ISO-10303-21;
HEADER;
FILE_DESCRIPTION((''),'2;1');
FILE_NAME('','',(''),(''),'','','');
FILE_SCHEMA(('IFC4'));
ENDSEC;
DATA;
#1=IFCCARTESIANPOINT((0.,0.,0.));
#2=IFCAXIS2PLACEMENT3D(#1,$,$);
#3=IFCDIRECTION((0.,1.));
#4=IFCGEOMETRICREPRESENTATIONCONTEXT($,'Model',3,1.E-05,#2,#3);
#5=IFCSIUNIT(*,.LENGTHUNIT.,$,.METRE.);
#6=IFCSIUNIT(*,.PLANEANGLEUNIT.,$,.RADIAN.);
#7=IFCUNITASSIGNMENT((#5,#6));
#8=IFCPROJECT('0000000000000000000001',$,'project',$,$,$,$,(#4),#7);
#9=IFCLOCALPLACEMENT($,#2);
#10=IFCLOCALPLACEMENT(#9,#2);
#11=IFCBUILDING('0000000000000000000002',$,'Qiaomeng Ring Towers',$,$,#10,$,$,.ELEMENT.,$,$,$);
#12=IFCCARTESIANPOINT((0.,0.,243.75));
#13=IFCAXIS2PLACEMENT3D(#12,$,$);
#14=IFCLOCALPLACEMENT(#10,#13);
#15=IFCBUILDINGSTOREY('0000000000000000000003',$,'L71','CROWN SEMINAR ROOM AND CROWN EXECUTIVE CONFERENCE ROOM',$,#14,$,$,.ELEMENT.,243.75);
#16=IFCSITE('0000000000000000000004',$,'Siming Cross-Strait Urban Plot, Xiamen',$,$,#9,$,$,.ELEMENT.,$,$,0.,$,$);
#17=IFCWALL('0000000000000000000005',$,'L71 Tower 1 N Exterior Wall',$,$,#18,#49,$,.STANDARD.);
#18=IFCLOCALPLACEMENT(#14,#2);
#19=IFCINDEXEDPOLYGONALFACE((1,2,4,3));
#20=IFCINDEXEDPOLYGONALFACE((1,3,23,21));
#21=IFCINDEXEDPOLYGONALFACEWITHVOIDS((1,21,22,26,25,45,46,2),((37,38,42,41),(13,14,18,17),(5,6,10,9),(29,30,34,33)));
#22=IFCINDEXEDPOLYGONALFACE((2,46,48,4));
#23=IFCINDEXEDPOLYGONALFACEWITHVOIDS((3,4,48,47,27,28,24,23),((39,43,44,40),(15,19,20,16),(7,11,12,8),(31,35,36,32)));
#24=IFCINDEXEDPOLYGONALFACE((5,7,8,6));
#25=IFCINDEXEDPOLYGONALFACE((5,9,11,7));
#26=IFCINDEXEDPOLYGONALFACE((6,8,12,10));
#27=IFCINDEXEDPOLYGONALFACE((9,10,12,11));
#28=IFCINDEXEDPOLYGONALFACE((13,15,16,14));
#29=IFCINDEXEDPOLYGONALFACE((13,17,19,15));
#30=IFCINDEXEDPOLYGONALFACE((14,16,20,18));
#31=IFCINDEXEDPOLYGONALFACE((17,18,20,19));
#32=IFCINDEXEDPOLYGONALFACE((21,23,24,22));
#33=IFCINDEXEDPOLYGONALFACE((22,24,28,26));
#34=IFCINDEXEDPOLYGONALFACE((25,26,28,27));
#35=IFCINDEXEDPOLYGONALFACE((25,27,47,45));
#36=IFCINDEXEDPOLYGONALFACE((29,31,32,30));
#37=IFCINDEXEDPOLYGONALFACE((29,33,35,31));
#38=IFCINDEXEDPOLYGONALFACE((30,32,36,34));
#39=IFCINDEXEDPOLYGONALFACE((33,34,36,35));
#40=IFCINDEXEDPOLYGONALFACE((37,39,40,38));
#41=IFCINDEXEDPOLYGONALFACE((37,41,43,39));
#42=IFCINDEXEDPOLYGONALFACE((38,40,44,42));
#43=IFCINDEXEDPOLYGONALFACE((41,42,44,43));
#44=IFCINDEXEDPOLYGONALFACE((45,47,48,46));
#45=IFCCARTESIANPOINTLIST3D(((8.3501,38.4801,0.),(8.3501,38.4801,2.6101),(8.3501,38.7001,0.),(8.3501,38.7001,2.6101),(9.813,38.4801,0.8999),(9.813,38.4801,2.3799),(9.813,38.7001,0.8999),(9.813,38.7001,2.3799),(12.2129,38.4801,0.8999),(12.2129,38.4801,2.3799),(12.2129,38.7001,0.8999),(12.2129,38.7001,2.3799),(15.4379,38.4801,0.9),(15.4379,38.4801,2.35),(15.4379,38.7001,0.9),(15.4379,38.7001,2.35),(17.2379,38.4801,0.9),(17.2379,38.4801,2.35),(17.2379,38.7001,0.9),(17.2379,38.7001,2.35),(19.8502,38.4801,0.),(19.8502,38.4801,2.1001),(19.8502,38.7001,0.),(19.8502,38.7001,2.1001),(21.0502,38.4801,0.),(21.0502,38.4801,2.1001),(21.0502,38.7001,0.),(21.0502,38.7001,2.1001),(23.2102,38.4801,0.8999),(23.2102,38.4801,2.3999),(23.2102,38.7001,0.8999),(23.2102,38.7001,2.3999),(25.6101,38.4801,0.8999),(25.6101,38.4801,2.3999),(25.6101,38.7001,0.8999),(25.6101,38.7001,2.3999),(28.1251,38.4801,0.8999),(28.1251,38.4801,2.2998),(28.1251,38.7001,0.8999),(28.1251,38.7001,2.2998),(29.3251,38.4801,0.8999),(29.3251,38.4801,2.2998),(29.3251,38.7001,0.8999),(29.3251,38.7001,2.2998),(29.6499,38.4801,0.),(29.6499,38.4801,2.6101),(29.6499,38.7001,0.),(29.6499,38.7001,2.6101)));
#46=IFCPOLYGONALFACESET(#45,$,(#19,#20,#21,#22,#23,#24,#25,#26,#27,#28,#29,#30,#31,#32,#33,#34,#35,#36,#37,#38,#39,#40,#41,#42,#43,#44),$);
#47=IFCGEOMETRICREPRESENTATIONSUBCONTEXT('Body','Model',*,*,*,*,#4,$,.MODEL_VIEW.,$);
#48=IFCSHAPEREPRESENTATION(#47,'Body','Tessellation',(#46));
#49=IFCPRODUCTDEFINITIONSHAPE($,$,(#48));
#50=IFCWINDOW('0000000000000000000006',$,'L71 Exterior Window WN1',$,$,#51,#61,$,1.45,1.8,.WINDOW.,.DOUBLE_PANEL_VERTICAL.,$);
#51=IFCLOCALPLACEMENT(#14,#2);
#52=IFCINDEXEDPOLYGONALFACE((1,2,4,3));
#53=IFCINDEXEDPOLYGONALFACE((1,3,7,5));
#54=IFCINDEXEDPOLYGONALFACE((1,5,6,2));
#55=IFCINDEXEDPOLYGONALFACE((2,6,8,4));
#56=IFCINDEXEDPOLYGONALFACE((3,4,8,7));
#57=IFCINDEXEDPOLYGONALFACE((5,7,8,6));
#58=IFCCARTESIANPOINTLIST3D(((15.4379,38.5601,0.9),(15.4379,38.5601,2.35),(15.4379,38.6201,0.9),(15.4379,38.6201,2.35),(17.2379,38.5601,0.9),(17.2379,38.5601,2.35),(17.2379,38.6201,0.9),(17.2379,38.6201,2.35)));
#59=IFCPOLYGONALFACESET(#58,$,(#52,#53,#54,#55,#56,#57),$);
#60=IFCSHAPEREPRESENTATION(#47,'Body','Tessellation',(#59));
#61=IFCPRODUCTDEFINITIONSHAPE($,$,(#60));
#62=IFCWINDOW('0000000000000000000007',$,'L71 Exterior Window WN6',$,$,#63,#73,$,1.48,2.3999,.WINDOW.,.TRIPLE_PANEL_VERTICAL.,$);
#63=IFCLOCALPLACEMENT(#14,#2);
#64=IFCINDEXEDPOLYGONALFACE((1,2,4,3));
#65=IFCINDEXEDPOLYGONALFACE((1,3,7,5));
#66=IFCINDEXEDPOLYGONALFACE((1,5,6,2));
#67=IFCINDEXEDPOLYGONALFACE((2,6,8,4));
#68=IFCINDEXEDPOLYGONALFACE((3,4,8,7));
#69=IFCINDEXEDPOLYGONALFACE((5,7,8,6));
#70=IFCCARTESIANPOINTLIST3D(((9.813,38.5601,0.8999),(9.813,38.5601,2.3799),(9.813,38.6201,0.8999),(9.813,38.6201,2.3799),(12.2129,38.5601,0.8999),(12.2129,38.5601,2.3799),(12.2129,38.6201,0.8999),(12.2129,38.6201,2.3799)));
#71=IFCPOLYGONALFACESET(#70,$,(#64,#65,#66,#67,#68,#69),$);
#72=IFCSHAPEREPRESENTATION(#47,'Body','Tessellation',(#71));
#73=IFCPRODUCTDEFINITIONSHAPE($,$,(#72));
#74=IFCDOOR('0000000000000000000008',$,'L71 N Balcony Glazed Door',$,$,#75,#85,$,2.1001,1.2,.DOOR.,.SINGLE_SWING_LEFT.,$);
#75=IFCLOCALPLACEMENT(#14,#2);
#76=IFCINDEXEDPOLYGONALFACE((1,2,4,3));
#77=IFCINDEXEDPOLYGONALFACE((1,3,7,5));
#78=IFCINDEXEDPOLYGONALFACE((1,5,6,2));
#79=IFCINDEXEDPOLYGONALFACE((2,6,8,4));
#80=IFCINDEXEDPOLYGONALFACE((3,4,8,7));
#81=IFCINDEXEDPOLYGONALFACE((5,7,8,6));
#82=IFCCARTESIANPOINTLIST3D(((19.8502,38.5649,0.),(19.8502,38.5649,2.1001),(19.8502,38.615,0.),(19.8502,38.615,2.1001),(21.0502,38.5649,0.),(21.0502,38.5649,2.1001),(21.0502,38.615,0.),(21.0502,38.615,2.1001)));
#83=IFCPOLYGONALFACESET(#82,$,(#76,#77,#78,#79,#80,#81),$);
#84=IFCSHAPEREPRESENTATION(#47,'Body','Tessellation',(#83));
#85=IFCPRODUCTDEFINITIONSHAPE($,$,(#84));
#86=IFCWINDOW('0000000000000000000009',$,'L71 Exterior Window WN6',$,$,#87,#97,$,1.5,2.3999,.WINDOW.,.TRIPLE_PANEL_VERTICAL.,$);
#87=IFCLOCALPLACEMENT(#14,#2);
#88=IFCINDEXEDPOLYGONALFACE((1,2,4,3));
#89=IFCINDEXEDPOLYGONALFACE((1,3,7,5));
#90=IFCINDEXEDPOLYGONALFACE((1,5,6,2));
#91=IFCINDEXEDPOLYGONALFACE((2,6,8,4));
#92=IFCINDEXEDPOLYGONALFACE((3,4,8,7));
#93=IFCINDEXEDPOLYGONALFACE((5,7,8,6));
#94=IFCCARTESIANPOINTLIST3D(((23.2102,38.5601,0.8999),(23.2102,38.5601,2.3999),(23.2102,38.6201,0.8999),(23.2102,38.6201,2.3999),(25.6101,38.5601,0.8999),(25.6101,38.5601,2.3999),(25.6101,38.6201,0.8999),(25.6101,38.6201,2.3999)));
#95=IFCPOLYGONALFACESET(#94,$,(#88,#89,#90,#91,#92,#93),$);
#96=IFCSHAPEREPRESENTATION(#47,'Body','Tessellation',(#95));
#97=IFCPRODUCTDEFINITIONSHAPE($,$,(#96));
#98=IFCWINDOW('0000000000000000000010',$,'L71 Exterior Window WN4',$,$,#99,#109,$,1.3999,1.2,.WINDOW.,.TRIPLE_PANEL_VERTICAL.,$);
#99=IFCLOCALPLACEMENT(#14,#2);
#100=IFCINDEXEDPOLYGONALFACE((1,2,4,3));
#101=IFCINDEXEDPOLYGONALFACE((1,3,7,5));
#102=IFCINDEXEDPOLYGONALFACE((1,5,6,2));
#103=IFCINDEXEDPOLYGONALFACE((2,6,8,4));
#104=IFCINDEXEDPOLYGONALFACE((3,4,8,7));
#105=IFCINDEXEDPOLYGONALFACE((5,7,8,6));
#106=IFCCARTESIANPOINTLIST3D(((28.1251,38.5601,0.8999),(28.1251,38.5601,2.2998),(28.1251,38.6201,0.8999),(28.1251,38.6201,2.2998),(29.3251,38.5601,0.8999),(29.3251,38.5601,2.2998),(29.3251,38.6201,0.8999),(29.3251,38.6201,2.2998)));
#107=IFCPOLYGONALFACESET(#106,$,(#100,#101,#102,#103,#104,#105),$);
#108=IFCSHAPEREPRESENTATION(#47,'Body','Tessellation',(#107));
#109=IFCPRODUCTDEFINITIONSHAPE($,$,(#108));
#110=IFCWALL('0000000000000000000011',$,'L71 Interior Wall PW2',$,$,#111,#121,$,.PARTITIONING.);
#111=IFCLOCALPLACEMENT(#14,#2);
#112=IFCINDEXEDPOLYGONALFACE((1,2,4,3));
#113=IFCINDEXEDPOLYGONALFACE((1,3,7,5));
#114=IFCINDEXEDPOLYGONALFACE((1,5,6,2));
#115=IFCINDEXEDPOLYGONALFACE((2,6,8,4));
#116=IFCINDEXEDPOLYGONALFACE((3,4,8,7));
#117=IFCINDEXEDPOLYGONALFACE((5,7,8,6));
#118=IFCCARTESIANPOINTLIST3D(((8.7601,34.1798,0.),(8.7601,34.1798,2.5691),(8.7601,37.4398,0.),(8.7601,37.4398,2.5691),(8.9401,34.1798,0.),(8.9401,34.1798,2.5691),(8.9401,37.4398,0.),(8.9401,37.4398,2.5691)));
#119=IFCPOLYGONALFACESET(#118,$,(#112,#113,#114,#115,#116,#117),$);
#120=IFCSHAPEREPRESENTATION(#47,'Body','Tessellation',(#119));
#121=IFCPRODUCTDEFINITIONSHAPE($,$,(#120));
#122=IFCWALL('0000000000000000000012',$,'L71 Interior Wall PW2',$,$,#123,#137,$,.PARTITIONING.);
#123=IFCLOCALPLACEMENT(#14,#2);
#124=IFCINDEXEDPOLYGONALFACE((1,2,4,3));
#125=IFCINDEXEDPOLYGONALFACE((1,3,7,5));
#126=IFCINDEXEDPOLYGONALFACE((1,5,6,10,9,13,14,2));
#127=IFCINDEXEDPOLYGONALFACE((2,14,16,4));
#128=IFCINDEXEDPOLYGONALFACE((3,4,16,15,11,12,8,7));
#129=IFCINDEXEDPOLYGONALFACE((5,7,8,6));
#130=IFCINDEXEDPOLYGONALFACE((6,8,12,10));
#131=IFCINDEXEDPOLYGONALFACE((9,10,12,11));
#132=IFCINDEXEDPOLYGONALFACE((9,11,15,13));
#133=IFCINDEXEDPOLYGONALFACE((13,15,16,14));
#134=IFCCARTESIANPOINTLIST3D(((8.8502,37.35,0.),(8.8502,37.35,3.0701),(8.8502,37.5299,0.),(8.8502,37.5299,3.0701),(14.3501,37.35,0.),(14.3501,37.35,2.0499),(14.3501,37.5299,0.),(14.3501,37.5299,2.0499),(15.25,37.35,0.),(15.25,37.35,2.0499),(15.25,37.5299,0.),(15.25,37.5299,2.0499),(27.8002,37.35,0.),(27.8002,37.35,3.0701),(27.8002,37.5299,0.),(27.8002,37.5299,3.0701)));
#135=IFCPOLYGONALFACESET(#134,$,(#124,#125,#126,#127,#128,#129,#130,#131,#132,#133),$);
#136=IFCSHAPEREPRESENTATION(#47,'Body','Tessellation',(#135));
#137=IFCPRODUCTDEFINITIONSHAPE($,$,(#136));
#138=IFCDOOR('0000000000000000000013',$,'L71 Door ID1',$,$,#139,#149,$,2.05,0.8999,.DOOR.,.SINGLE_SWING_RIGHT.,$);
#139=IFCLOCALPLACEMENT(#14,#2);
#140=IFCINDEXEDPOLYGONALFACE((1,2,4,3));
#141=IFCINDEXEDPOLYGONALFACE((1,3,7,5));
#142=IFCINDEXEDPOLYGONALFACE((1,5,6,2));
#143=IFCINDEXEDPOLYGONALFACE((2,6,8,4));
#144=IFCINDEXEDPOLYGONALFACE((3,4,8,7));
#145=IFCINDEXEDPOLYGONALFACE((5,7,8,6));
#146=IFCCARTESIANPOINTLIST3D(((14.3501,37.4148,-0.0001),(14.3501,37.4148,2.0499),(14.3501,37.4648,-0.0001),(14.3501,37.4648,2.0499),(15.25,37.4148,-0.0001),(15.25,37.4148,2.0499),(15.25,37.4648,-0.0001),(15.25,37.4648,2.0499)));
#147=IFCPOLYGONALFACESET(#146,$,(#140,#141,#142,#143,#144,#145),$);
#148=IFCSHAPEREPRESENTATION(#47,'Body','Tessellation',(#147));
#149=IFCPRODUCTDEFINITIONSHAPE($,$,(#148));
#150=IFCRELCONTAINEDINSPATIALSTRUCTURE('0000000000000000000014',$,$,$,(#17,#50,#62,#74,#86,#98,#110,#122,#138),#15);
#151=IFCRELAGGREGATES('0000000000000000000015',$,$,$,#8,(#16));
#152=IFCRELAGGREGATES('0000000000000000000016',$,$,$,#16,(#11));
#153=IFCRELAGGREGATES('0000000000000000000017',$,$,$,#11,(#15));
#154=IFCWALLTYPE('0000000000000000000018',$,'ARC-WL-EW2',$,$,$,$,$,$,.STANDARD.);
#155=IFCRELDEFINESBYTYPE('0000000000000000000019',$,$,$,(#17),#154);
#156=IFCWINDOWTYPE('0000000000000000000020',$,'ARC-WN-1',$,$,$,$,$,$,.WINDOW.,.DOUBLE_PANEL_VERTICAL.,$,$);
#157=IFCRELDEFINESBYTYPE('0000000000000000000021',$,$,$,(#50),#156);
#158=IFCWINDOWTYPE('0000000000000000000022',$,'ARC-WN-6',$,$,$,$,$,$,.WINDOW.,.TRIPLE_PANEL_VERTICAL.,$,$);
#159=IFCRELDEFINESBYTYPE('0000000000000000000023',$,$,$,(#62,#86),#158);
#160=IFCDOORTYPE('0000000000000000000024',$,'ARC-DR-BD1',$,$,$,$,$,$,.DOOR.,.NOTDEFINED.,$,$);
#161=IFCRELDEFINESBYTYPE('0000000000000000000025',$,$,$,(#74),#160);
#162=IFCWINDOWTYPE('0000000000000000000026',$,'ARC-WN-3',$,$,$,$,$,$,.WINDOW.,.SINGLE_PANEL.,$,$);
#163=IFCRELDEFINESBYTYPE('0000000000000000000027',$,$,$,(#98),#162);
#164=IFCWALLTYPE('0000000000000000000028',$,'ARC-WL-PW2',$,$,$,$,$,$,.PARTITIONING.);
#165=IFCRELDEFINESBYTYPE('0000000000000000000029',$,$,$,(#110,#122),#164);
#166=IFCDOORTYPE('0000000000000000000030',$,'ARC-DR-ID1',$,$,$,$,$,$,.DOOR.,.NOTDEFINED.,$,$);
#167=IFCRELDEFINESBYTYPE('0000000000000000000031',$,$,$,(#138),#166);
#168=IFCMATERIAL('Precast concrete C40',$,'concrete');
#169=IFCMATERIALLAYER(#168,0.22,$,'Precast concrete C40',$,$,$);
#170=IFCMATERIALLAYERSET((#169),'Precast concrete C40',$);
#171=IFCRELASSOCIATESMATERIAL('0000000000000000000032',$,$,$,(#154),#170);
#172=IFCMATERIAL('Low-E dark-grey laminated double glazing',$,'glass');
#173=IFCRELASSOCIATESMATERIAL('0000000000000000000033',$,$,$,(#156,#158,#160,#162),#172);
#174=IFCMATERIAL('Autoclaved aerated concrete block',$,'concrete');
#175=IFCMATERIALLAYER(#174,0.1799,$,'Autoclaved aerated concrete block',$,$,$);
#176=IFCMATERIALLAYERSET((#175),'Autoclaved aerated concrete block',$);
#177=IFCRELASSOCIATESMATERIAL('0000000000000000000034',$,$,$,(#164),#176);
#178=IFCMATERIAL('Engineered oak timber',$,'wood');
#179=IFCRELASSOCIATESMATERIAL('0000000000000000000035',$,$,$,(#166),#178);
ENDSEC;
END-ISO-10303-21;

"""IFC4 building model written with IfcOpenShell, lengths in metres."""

from ifc_helpers import new_model, si_unit, direction, frame, frame_2d, origin, place, context, subcontext, project, spatial, rectangle, extrude, source, transform, mapped, material, layer, layer_set, type_object, element, fill, save


model = new_model("IFC4")

# Units and contexts
model_context = context("Model", 3, precision=1e-05, world=origin(), true_north=direction((0.0, 1.0)))
body_context = subcontext(model_context, "Body", "Model", "MODEL_VIEW")
ifc_project = project(units=[si_unit("LENGTHUNIT", "METRE"), si_unit("PLANEANGLEUNIT", "RADIAN")], contexts=[model_context])

# Site, building, storey
site_placement = place(None, origin())
site = spatial("IfcSite", under=ifc_project, at=site_placement, Name="Siming Cross-Strait Urban Plot, Xiamen", CompositionType="ELEMENT", RefElevation=0.0)
building_placement = place(site_placement, origin())
building = spatial("IfcBuilding", under=site, at=building_placement, Name="Qiaomeng Ring Towers", CompositionType="ELEMENT")
storey_placement = place(building_placement, frame((0.0, 0.0, 243.75)))
storey = spatial("IfcBuildingStorey", under=building, at=storey_placement, Name="L71", Description="CROWN SEMINAR ROOM AND CROWN EXECUTIVE CONFERENCE ROOM", CompositionType="ELEMENT", Elevation=243.75)

# Shared definitions
ifc_material_1 = material(Name="Low-E dark-grey laminated double glazing", Category="glass")

# Wall, openings, windows, door
ifc_material_2 = material(Name="Precast concrete C40", Category="concrete")
ifc_layer_1 = layer(ifc_material_2, 0.22, Name="Precast concrete C40")
ifc_layer_set_1 = layer_set([ifc_layer_1], Name="Precast concrete C40")
wall_type_1 = type_object("IfcWallType", Name="ARC-WL-EW2", PredefinedType="STANDARD", material=ifc_layer_set_1)
wall_1_placement = place(storey_placement, frame((8.3501, 38.5901, 0.0), z_axis=(0.0, 0.0, 1.0), x_axis=(1.0, 0.0, 0.0)))
wall_1 = element("IfcWall", 1, at=wall_1_placement, inside=storey, type_object=wall_type_1, Name="L71 Tower 1 N Exterior Wall", PredefinedType="STANDARD", context=body_context, shape_type="SweptSolid", body=[
    extrude(rectangle(XDim=21.2998, YDim=0.22, at=frame_2d((10.6499, 0.0))), origin(), (0.0, 0.0, 1.0), 2.6101),
])
opening_1_placement = place(wall_1_placement, frame((11.5, 0.0, 0.0)))
opening_1 = element("IfcOpeningElement", 2, at=opening_1_placement, cuts=wall_1, PredefinedType="OPENING", context=body_context, shape_type="SweptSolid", body=[
    extrude(rectangle(XDim=1.2, YDim=2.1001, at=frame_2d((0.6001, 1.05))), frame((0.0, 0.1199, 0.0), z_axis=(0.0, -1.0, 0.0), x_axis=(1.0, 0.0, 0.0)), (0.0, 0.0, 1.0), 0.24),
])
opening_2_placement = place(wall_1_placement, frame((1.4629, 0.0, 0.8999)))
opening_2 = element("IfcOpeningElement", 3, at=opening_2_placement, cuts=wall_1, PredefinedType="OPENING", context=body_context, shape_type="SweptSolid", body=[
    extrude(rectangle(XDim=2.3999, YDim=1.48, at=frame_2d((1.2, 0.74))), frame((0.0, 0.1199, 0.0), z_axis=(0.0, -1.0, 0.0), x_axis=(1.0, 0.0, 0.0)), (0.0, 0.0, 1.0), 0.24),
])
opening_3_placement = place(wall_1_placement, frame((7.0879, 0.0, 0.8999)))
opening_3 = element("IfcOpeningElement", 4, at=opening_3_placement, cuts=wall_1, PredefinedType="OPENING", context=body_context, shape_type="SweptSolid", body=[
    extrude(rectangle(XDim=1.8, YDim=1.45, at=frame_2d((0.8999, 0.7251))), frame((0.0, 0.1199, 0.0), z_axis=(0.0, -1.0, 0.0), x_axis=(1.0, 0.0, 0.0)), (0.0, 0.0, 1.0), 0.24),
])
opening_4_placement = place(wall_1_placement, frame((19.7749, 0.0, 0.8999)))
opening_4 = element("IfcOpeningElement", 5, at=opening_4_placement, cuts=wall_1, PredefinedType="OPENING", context=body_context, shape_type="SweptSolid", body=[
    extrude(rectangle(XDim=1.2, YDim=1.3999, at=frame_2d((0.6001, 0.7))), frame((0.0, 0.1199, 0.0), z_axis=(0.0, -1.0, 0.0), x_axis=(1.0, 0.0, 0.0)), (0.0, 0.0, 1.0), 0.24),
])
opening_5_placement = place(wall_1_placement, frame((14.8601, 0.0, 0.8999)))
opening_5 = element("IfcOpeningElement", 6, at=opening_5_placement, cuts=wall_1, PredefinedType="OPENING", context=body_context, shape_type="SweptSolid", body=[
    extrude(rectangle(XDim=2.3999, YDim=1.5, at=frame_2d((1.2, 0.75))), frame((0.0, 0.1199, 0.0), z_axis=(0.0, -1.0, 0.0), x_axis=(1.0, 0.0, 0.0)), (0.0, 0.0, 1.0), 0.24),
])
window_type_1 = type_object("IfcWindowType", Name="ARC-WN-1", PartitioningType="DOUBLE_PANEL_VERTICAL", PredefinedType="WINDOW", material=ifc_material_1)
shared_shape_1 = source(origin(), body_context, "Body", "SweptSolid", [
    extrude(rectangle(XDim=1.8, YDim=1.45, at=frame_2d((0.8999, 0.7251))), frame((0.0, 0.03, 0.0), z_axis=(0.0, -1.0, 0.0), x_axis=(1.0, 0.0, 0.0)), (0.0, 0.0, 1.0), 0.0601),
])
window_1_placement = place(opening_3_placement, origin())
window_1 = element("IfcWindow", 7, at=window_1_placement, inside=storey, type_object=window_type_1, Name="L71 Exterior Window WN1", OverallHeight=1.45, OverallWidth=1.8, PartitioningType="DOUBLE_PANEL_VERTICAL", PredefinedType="WINDOW", context=body_context, shape_type="MappedRepresentation", body=[
    mapped(shared_shape_1, transform((0.0, 0.0, 0.0), x_axis=(1.0, 0.0, 0.0), y_axis=(0.0, 1.0, 0.0), z_axis=(0.0, 0.0, 1.0), scale=1.0)),
])
fill(opening_3, window_1)
window_type_2 = type_object("IfcWindowType", Name="ARC-WN-6", PartitioningType="TRIPLE_PANEL_VERTICAL", PredefinedType="WINDOW", material=ifc_material_1)
shared_shape_2 = source(origin(), body_context, "Body", "SweptSolid", [
    extrude(rectangle(XDim=2.3999, YDim=1.48, at=frame_2d((1.2, 0.74))), frame((0.0, 0.03, 0.0), z_axis=(0.0, -1.0, 0.0), x_axis=(1.0, 0.0, 0.0)), (0.0, 0.0, 1.0), 0.0601),
])
window_2_placement = place(opening_2_placement, origin())
window_2 = element("IfcWindow", 8, at=window_2_placement, inside=storey, type_object=window_type_2, Name="L71 Exterior Window WN6", OverallHeight=1.48, OverallWidth=2.3999, PartitioningType="TRIPLE_PANEL_VERTICAL", PredefinedType="WINDOW", context=body_context, shape_type="MappedRepresentation", body=[
    mapped(shared_shape_2, transform((0.0, 0.0, 0.0), x_axis=(1.0, 0.0, 0.0), y_axis=(0.0, 1.0, 0.0), z_axis=(0.0, 0.0, 1.0), scale=1.0)),
])
fill(opening_2, window_2)
door_type_1 = type_object("IfcDoorType", Name="ARC-DR-BD1", OperationType="NOTDEFINED", PredefinedType="DOOR", material=ifc_material_1)
shared_shape_3 = source(origin(), body_context, "Body", "SweptSolid", [
    extrude(rectangle(XDim=1.2, YDim=2.1001, at=frame_2d((0.6001, 1.05))), frame((0.0, 0.0249, 0.0), z_axis=(0.0, -1.0, 0.0), x_axis=(1.0, 0.0, 0.0)), (0.0, 0.0, 1.0), 0.05),
])
door_1_placement = place(opening_1_placement, origin())
door_1 = element("IfcDoor", 9, at=door_1_placement, inside=storey, type_object=door_type_1, Name="L71 N Balcony Glazed Door", OperationType="SINGLE_SWING_LEFT", OverallHeight=2.1001, OverallWidth=1.2, PredefinedType="DOOR", context=body_context, shape_type="MappedRepresentation", body=[
    mapped(shared_shape_3, transform((0.0, 0.0, 0.0), x_axis=(1.0, 0.0, 0.0), y_axis=(0.0, 1.0, 0.0), z_axis=(0.0, 0.0, 1.0), scale=1.0)),
])
fill(opening_1, door_1)
shared_shape_4 = source(origin(), body_context, "Body", "SweptSolid", [
    extrude(rectangle(XDim=2.3999, YDim=1.5, at=frame_2d((1.2, 0.75))), frame((0.0, 0.03, 0.0), z_axis=(0.0, -1.0, 0.0), x_axis=(1.0, 0.0, 0.0)), (0.0, 0.0, 1.0), 0.0601),
])
window_3_placement = place(opening_5_placement, origin())
window_3 = element("IfcWindow", 10, at=window_3_placement, inside=storey, type_object=window_type_2, Name="L71 Exterior Window WN6", OverallHeight=1.5, OverallWidth=2.3999, PartitioningType="TRIPLE_PANEL_VERTICAL", PredefinedType="WINDOW", context=body_context, shape_type="MappedRepresentation", body=[
    mapped(shared_shape_4, transform((0.0, 0.0, 0.0), x_axis=(1.0, 0.0, 0.0), y_axis=(0.0, 1.0, 0.0), z_axis=(0.0, 0.0, 1.0), scale=1.0)),
])
fill(opening_5, window_3)
window_type_3 = type_object("IfcWindowType", Name="ARC-WN-3", PartitioningType="SINGLE_PANEL", PredefinedType="WINDOW", material=ifc_material_1)
shared_shape_5 = source(origin(), body_context, "Body", "SweptSolid", [
    extrude(rectangle(XDim=1.2, YDim=1.3999, at=frame_2d((0.6001, 0.7))), frame((0.0, 0.03, 0.0), z_axis=(0.0, -1.0, 0.0), x_axis=(1.0, 0.0, 0.0)), (0.0, 0.0, 1.0), 0.0601),
])
window_4_placement = place(opening_4_placement, origin())
window_4 = element("IfcWindow", 11, at=window_4_placement, inside=storey, type_object=window_type_3, Name="L71 Exterior Window WN4", OverallHeight=1.3999, OverallWidth=1.2, PartitioningType="TRIPLE_PANEL_VERTICAL", PredefinedType="WINDOW", context=body_context, shape_type="MappedRepresentation", body=[
    mapped(shared_shape_5, transform((0.0, 0.0, 0.0), x_axis=(1.0, 0.0, 0.0), y_axis=(0.0, 1.0, 0.0), z_axis=(0.0, 0.0, 1.0), scale=1.0)),
])
fill(opening_4, window_4)

# Wall
ifc_material_3 = material(Name="Autoclaved aerated concrete block", Category="concrete")
ifc_layer_2 = layer(ifc_material_3, 0.1799, Name="Autoclaved aerated concrete block")
ifc_layer_set_2 = layer_set([ifc_layer_2], Name="Autoclaved aerated concrete block")
wall_type_2 = type_object("IfcWallType", Name="ARC-WL-PW2", PredefinedType="PARTITIONING", material=ifc_layer_set_2)
wall_2_placement = place(storey_placement, frame((8.8501, 34.1799, 0.0), z_axis=(0.0, 0.0, 1.0), x_axis=(0.0, 1.0, 0.0)))
element("IfcWall", 12, at=wall_2_placement, inside=storey, type_object=wall_type_2, Name="L71 Interior Wall PW2", PredefinedType="PARTITIONING", context=body_context, shape_type="SweptSolid", body=[
    extrude(rectangle(XDim=3.26, YDim=0.1799, at=frame_2d((1.6299, 0.0))), origin(), (0.0, 0.0, 1.0), 2.5691),
])

# Wall, opening, door
wall_3_placement = place(storey_placement, frame((8.8501, 37.4399, 0.0), z_axis=(0.0, 0.0, 1.0), x_axis=(1.0, 0.0, 0.0)))
wall_3 = element("IfcWall", 13, at=wall_3_placement, inside=storey, type_object=wall_type_2, Name="L71 Interior Wall PW2", PredefinedType="PARTITIONING", context=body_context, shape_type="SweptSolid", body=[
    extrude(rectangle(XDim=18.95, YDim=0.1799, at=frame_2d((9.4751, 0.0))), origin(), (0.0, 0.0, 1.0), 3.0701),
])
opening_6_placement = place(wall_3_placement, frame((5.5, 0.0, 0.0)))
opening_6 = element("IfcOpeningElement", 14, at=opening_6_placement, cuts=wall_3, PredefinedType="OPENING", context=body_context, shape_type="SweptSolid", body=[
    extrude(rectangle(XDim=0.8999, YDim=2.05, at=frame_2d((0.45, 1.0249))), frame((0.0, 0.0999, 0.0), z_axis=(0.0, -1.0, 0.0), x_axis=(1.0, 0.0, 0.0)), (0.0, 0.0, 1.0), 0.2),
])
ifc_material_4 = material(Name="Engineered oak timber", Category="wood")
door_type_2 = type_object("IfcDoorType", Name="ARC-DR-ID1", OperationType="NOTDEFINED", PredefinedType="DOOR", material=ifc_material_4)
shared_shape_6 = source(origin(), body_context, "Body", "SweptSolid", [
    extrude(rectangle(XDim=0.8999, YDim=2.05, at=frame_2d((0.45, 1.0249))), frame((0.0, 0.0249, 0.0), z_axis=(0.0, -1.0, 0.0), x_axis=(1.0, 0.0, 0.0)), (0.0, 0.0, 1.0), 0.05),
])
door_2_placement = place(opening_6_placement, origin())
door_2 = element("IfcDoor", 15, at=door_2_placement, inside=storey, type_object=door_type_2, Name="L71 Door ID1", OperationType="SINGLE_SWING_RIGHT", OverallHeight=2.05, OverallWidth=0.8999, PredefinedType="DOOR", context=body_context, shape_type="MappedRepresentation", body=[
    mapped(shared_shape_6, transform((0.0, 0.0, 0.0), x_axis=(1.0, 0.0, 0.0), y_axis=(0.0, 1.0, 0.0), z_axis=(0.0, 0.0, 1.0), scale=1.0)),
])
fill(opening_6, door_2)

save(model, "model.ifc")
